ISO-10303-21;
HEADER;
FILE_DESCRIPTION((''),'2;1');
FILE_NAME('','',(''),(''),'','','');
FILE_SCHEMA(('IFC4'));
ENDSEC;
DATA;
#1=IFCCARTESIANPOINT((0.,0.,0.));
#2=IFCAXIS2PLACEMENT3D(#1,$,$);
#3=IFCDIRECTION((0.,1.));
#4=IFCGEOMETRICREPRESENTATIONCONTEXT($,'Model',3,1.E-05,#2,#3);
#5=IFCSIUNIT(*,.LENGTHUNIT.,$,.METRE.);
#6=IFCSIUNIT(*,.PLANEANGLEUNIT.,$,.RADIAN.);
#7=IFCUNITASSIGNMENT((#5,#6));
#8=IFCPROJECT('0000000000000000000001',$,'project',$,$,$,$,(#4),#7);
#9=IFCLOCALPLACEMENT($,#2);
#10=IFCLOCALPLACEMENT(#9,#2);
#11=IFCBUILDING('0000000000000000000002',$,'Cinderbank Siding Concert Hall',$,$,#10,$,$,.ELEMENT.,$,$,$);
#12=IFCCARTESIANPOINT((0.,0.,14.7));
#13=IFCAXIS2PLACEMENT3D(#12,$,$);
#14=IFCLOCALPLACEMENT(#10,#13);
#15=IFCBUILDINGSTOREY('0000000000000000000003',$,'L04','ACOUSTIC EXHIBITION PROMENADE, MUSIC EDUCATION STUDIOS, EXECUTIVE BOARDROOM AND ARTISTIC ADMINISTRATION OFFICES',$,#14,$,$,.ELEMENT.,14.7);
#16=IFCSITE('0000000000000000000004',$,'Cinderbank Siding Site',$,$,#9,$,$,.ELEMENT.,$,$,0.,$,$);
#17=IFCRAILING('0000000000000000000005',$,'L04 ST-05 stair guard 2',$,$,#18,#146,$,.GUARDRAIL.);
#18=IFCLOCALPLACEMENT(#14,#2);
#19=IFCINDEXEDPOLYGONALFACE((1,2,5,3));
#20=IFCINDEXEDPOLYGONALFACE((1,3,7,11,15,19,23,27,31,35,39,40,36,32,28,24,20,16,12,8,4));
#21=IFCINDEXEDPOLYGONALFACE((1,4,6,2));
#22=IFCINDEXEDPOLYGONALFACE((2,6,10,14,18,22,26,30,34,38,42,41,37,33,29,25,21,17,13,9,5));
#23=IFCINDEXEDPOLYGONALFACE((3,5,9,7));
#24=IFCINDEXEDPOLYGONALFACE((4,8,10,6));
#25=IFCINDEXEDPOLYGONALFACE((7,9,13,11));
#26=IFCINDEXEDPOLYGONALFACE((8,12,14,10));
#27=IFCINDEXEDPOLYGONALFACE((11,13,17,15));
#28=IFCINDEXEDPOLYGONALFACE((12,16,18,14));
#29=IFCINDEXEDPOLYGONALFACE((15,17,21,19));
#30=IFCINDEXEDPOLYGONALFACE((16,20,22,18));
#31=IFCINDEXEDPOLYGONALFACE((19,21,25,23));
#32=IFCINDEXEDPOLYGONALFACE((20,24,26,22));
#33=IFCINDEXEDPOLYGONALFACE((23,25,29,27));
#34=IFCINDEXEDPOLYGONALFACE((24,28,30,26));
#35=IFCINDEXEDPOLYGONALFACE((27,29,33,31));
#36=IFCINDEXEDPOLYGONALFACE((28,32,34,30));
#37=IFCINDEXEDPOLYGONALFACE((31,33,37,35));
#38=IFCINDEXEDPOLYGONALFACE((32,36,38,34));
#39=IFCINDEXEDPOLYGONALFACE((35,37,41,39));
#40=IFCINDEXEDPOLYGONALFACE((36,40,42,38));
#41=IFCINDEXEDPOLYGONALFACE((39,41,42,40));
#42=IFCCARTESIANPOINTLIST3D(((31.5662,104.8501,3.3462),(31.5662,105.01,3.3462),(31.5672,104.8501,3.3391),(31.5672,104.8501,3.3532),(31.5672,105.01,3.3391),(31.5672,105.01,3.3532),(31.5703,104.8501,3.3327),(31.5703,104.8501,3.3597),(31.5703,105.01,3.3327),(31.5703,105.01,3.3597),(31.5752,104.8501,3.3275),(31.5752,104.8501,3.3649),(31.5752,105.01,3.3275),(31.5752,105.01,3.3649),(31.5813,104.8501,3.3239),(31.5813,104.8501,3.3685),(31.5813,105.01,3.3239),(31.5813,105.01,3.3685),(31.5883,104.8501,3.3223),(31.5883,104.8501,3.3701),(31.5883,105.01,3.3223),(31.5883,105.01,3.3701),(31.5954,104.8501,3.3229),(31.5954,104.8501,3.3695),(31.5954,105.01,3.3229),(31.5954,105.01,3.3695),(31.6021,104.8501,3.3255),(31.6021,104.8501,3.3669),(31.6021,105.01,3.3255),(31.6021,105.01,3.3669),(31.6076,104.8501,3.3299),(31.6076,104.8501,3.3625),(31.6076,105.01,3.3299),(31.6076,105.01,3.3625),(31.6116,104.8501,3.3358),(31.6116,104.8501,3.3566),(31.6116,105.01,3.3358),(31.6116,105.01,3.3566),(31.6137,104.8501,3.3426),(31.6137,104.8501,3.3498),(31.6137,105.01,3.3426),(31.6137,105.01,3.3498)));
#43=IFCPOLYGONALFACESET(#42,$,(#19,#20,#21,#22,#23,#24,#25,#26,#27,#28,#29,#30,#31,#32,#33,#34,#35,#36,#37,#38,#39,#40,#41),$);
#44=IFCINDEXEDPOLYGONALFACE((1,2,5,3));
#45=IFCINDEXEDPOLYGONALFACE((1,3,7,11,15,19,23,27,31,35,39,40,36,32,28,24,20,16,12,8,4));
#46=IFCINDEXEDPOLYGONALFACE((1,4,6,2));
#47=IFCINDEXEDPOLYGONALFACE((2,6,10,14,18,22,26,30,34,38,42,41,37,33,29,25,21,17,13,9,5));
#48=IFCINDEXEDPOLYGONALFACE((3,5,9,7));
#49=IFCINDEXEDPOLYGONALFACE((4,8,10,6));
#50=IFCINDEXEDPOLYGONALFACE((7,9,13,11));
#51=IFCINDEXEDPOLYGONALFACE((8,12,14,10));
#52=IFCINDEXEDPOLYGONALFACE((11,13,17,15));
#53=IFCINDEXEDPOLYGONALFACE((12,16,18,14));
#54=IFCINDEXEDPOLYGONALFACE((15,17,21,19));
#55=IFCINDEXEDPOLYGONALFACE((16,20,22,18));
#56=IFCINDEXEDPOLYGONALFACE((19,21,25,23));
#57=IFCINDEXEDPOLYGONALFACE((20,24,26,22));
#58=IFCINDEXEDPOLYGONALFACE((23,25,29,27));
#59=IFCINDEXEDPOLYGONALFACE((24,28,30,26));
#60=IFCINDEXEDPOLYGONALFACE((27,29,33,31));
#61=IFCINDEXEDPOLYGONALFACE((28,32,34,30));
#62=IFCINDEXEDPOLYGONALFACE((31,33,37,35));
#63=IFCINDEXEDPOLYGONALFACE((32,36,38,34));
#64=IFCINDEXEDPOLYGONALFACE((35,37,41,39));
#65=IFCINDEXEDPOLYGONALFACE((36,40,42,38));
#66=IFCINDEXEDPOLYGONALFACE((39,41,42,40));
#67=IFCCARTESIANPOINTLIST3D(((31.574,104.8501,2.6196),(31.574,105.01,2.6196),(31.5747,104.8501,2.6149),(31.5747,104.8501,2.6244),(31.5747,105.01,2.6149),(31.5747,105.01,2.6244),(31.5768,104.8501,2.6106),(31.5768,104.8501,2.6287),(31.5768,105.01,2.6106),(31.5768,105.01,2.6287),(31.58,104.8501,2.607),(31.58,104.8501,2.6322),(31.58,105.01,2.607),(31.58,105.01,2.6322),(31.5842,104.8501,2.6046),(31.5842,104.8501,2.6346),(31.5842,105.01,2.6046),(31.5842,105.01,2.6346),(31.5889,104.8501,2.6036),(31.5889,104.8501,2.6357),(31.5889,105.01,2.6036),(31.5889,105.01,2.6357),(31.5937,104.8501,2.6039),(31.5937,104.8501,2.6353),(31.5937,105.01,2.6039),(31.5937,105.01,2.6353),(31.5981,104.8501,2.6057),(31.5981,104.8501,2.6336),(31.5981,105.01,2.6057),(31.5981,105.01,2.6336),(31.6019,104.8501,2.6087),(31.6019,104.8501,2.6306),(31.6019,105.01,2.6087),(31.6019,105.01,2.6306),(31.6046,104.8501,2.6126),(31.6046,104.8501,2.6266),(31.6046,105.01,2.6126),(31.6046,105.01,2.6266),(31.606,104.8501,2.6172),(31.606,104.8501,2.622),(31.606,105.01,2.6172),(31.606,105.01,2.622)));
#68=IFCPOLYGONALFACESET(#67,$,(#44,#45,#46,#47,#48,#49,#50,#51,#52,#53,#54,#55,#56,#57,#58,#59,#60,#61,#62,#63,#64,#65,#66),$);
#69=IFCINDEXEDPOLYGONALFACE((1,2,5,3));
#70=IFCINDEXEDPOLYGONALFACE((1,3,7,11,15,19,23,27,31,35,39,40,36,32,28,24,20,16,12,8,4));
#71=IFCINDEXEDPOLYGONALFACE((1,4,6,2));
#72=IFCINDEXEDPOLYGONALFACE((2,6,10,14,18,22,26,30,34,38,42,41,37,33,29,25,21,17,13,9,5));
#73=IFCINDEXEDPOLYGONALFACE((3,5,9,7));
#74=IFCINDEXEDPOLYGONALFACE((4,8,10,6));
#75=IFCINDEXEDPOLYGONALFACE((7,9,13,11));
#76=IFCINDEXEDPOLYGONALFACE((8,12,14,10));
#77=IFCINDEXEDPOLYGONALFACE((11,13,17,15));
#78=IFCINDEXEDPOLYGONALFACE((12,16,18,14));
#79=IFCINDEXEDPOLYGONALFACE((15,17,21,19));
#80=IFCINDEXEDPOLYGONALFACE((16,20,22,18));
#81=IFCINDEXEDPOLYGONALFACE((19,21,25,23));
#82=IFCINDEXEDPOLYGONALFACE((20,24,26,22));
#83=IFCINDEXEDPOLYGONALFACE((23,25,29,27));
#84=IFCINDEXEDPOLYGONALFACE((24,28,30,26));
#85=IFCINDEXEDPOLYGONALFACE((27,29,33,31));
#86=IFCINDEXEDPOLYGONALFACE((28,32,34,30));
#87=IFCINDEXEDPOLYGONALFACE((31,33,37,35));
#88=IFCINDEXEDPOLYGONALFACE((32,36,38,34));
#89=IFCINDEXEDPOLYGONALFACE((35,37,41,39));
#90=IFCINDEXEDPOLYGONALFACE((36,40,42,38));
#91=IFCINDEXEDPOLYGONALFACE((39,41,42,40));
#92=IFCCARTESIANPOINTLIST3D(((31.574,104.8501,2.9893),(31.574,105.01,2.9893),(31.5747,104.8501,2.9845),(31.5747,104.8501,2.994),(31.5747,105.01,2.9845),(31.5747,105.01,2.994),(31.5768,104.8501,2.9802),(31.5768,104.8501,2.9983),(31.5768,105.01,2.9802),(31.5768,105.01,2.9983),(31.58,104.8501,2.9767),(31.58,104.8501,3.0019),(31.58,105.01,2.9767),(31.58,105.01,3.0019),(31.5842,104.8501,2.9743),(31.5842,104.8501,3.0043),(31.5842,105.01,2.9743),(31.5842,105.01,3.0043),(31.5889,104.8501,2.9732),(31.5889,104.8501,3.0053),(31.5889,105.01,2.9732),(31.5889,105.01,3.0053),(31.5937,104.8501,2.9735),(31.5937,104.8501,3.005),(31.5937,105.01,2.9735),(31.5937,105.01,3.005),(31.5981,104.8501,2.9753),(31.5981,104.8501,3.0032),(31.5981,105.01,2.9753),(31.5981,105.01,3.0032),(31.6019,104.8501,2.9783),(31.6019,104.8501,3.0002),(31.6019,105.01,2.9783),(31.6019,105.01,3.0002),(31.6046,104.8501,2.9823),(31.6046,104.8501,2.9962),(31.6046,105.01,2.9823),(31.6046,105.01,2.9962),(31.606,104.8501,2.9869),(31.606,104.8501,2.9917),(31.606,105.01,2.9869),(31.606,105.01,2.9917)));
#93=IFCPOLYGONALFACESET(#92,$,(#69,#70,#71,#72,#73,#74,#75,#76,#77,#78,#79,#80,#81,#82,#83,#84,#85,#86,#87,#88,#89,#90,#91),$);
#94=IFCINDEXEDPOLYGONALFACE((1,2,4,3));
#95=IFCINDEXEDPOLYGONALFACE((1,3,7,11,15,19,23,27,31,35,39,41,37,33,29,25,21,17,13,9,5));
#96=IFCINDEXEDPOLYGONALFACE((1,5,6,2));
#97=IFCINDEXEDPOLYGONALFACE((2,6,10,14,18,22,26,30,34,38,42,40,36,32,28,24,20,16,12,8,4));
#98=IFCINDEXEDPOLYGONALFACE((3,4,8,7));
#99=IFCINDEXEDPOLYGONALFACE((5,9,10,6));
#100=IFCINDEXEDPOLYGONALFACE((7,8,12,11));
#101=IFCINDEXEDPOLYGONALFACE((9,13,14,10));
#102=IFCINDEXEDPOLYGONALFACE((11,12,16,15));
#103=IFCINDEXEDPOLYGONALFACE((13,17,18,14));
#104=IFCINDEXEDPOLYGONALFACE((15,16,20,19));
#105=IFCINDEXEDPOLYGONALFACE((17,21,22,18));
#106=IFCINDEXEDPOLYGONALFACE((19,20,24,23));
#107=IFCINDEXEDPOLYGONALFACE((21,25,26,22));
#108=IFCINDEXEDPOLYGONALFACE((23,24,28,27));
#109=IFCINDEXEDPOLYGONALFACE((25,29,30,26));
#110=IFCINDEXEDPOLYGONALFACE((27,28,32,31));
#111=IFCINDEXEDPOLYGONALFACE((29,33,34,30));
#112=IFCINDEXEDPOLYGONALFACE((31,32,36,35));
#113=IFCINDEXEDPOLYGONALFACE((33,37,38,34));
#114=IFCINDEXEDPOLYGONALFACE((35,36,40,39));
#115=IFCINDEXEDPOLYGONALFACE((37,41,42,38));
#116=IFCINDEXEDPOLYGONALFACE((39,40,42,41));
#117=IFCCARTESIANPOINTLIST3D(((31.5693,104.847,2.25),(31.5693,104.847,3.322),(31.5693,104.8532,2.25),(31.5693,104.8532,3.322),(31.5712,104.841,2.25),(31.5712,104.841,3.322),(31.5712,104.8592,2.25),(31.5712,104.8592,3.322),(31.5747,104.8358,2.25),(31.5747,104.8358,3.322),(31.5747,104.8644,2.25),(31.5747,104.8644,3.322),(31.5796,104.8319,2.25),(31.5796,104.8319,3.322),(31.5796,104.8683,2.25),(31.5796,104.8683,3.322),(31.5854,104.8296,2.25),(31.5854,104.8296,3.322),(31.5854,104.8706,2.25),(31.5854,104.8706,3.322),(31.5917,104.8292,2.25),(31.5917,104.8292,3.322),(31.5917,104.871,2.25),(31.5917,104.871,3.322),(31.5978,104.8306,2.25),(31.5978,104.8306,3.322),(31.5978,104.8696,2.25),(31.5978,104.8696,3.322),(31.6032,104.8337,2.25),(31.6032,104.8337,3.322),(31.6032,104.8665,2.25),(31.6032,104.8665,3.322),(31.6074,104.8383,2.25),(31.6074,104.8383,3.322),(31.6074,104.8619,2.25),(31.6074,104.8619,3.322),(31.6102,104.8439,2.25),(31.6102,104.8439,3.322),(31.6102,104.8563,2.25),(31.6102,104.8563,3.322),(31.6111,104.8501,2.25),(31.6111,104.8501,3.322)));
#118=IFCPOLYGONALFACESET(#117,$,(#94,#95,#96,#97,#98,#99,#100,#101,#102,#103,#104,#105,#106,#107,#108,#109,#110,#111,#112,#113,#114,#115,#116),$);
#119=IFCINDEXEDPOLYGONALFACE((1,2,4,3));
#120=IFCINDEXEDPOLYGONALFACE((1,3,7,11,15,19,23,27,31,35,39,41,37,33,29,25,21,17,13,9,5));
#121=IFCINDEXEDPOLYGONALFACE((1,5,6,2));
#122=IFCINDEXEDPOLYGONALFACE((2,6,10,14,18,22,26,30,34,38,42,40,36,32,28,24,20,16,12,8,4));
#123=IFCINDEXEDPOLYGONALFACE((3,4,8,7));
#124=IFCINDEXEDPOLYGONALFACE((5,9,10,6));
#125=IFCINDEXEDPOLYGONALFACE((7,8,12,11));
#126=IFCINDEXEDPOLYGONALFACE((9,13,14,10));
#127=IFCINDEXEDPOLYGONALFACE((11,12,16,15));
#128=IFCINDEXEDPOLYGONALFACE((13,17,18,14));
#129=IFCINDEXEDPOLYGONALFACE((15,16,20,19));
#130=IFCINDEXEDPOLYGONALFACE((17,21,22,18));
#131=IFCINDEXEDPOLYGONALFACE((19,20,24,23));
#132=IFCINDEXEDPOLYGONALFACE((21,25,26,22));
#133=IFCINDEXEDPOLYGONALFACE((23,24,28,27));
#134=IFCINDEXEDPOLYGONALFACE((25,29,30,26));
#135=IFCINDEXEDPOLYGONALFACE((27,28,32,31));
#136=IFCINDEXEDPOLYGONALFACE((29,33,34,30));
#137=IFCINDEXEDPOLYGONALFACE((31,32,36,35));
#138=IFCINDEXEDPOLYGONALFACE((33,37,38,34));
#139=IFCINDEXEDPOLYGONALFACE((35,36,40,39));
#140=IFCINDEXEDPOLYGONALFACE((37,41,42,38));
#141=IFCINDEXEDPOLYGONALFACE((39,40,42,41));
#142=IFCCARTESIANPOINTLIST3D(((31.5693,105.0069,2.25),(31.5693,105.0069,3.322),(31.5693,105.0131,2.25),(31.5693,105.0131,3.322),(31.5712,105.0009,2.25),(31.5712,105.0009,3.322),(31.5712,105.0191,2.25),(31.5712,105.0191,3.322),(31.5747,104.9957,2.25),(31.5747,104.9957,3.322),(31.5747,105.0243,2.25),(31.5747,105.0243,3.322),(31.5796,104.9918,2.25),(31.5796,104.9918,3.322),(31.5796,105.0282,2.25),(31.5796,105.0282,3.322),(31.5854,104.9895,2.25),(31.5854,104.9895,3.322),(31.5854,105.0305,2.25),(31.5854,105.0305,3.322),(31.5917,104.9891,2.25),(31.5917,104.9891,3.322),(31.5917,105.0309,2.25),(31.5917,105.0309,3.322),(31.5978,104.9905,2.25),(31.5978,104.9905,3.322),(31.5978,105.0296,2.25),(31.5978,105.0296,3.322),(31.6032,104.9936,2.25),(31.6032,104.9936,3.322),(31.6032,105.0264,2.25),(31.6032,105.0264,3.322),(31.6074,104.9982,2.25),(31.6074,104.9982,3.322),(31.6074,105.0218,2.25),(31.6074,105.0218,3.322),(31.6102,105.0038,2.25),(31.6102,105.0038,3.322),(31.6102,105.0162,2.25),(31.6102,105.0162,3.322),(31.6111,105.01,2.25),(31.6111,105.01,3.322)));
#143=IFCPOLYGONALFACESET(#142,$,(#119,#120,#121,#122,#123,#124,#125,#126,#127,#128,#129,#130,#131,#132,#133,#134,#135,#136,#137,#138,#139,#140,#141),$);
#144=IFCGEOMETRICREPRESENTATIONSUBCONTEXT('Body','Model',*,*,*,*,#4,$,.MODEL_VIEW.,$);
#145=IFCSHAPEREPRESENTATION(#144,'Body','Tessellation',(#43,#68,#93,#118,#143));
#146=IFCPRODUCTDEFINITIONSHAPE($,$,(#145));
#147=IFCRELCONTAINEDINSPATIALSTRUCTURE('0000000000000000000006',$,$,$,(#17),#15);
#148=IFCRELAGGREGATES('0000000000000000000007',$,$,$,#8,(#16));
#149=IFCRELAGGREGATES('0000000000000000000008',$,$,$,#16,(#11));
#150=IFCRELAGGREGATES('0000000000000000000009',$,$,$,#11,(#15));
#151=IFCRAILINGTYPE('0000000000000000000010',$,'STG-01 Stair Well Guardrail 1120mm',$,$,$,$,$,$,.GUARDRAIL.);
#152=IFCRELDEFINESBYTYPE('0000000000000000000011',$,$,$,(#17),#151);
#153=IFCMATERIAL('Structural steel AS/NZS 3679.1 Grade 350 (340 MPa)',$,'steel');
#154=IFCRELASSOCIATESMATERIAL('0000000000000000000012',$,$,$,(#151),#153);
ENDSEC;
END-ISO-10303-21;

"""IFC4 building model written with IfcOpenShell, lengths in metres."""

from ifc_helpers import new_model, si_unit, direction, frame, origin, origin_2d, place, context, subcontext, project, spatial, circle, extrude, material, type_object, element, save


model = new_model("IFC4")

# Units and contexts
model_context = context("Model", 3, precision=1e-05, world=origin(), true_north=direction((0.0, 1.0)))
body_context = subcontext(model_context, "Body", "Model", "MODEL_VIEW")
ifc_project = project(units=[si_unit("LENGTHUNIT", "METRE"), si_unit("PLANEANGLEUNIT", "RADIAN")], contexts=[model_context])

# Site, building, storey
site_placement = place(None, origin())
site = spatial("IfcSite", under=ifc_project, at=site_placement, Name="Cinderbank Siding Site", CompositionType="ELEMENT", RefElevation=0.0)
building_placement = place(site_placement, origin())
building = spatial("IfcBuilding", under=site, at=building_placement, Name="Cinderbank Siding Concert Hall", CompositionType="ELEMENT")
storey_placement = place(building_placement, frame((0.0, 0.0, 14.7)))
storey = spatial("IfcBuildingStorey", under=building, at=storey_placement, Name="L04", Description="ACOUSTIC EXHIBITION PROMENADE, MUSIC EDUCATION STUDIOS, EXECUTIVE BOARDROOM AND ARTISTIC ADMINISTRATION OFFICES", CompositionType="ELEMENT", Elevation=14.7)

# Shared definitions
ifc_material_1 = material(Name="Structural steel AS/NZS 3679.1 Grade 350 (340 MPa)", Category="steel")

# Railing
railing_type_1 = type_object("IfcRailingType", Name="STG-01 Stair Well Guardrail 1120mm", PredefinedType="GUARDRAIL", material=ifc_material_1)
railing_1_placement = place(storey_placement, frame((31.5901, 104.8501, 2.25)))
element("IfcRailing", 1, at=railing_1_placement, inside=storey, type_object=railing_type_1, Name="L04 ST-05 stair guard 2", PredefinedType="GUARDRAIL", context=body_context, shape_type="SweptSolid", body=[
    extrude(circle(Radius=0.0239, at=origin_2d()), frame((0.0, 0.0, 1.0962), z_axis=(0.0, 1.0, 0.0), x_axis=(-1.0, 0.0, 0.0)), (0.0, 0.0, 1.0), 0.1599),
    extrude(circle(Radius=0.0161, at=origin_2d()), frame((0.0, 0.0, 0.3696), z_axis=(0.0, 1.0, 0.0), x_axis=(-1.0, 0.0, 0.0)), (0.0, 0.0, 1.0), 0.1599),
    extrude(circle(Radius=0.0161, at=origin_2d()), frame((0.0, 0.0, 0.7393), z_axis=(0.0, 1.0, 0.0), x_axis=(-1.0, 0.0, 0.0)), (0.0, 0.0, 1.0), 0.1599),
    extrude(circle(Radius=0.021, at=origin_2d()), origin(), (0.0, 0.0, 1.0), 1.072),
    extrude(circle(Radius=0.021, at=origin_2d()), frame((0.0, 0.1599, 0.0)), (0.0, 0.0, 1.0), 1.072),
])

save(model, "model.ifc")
